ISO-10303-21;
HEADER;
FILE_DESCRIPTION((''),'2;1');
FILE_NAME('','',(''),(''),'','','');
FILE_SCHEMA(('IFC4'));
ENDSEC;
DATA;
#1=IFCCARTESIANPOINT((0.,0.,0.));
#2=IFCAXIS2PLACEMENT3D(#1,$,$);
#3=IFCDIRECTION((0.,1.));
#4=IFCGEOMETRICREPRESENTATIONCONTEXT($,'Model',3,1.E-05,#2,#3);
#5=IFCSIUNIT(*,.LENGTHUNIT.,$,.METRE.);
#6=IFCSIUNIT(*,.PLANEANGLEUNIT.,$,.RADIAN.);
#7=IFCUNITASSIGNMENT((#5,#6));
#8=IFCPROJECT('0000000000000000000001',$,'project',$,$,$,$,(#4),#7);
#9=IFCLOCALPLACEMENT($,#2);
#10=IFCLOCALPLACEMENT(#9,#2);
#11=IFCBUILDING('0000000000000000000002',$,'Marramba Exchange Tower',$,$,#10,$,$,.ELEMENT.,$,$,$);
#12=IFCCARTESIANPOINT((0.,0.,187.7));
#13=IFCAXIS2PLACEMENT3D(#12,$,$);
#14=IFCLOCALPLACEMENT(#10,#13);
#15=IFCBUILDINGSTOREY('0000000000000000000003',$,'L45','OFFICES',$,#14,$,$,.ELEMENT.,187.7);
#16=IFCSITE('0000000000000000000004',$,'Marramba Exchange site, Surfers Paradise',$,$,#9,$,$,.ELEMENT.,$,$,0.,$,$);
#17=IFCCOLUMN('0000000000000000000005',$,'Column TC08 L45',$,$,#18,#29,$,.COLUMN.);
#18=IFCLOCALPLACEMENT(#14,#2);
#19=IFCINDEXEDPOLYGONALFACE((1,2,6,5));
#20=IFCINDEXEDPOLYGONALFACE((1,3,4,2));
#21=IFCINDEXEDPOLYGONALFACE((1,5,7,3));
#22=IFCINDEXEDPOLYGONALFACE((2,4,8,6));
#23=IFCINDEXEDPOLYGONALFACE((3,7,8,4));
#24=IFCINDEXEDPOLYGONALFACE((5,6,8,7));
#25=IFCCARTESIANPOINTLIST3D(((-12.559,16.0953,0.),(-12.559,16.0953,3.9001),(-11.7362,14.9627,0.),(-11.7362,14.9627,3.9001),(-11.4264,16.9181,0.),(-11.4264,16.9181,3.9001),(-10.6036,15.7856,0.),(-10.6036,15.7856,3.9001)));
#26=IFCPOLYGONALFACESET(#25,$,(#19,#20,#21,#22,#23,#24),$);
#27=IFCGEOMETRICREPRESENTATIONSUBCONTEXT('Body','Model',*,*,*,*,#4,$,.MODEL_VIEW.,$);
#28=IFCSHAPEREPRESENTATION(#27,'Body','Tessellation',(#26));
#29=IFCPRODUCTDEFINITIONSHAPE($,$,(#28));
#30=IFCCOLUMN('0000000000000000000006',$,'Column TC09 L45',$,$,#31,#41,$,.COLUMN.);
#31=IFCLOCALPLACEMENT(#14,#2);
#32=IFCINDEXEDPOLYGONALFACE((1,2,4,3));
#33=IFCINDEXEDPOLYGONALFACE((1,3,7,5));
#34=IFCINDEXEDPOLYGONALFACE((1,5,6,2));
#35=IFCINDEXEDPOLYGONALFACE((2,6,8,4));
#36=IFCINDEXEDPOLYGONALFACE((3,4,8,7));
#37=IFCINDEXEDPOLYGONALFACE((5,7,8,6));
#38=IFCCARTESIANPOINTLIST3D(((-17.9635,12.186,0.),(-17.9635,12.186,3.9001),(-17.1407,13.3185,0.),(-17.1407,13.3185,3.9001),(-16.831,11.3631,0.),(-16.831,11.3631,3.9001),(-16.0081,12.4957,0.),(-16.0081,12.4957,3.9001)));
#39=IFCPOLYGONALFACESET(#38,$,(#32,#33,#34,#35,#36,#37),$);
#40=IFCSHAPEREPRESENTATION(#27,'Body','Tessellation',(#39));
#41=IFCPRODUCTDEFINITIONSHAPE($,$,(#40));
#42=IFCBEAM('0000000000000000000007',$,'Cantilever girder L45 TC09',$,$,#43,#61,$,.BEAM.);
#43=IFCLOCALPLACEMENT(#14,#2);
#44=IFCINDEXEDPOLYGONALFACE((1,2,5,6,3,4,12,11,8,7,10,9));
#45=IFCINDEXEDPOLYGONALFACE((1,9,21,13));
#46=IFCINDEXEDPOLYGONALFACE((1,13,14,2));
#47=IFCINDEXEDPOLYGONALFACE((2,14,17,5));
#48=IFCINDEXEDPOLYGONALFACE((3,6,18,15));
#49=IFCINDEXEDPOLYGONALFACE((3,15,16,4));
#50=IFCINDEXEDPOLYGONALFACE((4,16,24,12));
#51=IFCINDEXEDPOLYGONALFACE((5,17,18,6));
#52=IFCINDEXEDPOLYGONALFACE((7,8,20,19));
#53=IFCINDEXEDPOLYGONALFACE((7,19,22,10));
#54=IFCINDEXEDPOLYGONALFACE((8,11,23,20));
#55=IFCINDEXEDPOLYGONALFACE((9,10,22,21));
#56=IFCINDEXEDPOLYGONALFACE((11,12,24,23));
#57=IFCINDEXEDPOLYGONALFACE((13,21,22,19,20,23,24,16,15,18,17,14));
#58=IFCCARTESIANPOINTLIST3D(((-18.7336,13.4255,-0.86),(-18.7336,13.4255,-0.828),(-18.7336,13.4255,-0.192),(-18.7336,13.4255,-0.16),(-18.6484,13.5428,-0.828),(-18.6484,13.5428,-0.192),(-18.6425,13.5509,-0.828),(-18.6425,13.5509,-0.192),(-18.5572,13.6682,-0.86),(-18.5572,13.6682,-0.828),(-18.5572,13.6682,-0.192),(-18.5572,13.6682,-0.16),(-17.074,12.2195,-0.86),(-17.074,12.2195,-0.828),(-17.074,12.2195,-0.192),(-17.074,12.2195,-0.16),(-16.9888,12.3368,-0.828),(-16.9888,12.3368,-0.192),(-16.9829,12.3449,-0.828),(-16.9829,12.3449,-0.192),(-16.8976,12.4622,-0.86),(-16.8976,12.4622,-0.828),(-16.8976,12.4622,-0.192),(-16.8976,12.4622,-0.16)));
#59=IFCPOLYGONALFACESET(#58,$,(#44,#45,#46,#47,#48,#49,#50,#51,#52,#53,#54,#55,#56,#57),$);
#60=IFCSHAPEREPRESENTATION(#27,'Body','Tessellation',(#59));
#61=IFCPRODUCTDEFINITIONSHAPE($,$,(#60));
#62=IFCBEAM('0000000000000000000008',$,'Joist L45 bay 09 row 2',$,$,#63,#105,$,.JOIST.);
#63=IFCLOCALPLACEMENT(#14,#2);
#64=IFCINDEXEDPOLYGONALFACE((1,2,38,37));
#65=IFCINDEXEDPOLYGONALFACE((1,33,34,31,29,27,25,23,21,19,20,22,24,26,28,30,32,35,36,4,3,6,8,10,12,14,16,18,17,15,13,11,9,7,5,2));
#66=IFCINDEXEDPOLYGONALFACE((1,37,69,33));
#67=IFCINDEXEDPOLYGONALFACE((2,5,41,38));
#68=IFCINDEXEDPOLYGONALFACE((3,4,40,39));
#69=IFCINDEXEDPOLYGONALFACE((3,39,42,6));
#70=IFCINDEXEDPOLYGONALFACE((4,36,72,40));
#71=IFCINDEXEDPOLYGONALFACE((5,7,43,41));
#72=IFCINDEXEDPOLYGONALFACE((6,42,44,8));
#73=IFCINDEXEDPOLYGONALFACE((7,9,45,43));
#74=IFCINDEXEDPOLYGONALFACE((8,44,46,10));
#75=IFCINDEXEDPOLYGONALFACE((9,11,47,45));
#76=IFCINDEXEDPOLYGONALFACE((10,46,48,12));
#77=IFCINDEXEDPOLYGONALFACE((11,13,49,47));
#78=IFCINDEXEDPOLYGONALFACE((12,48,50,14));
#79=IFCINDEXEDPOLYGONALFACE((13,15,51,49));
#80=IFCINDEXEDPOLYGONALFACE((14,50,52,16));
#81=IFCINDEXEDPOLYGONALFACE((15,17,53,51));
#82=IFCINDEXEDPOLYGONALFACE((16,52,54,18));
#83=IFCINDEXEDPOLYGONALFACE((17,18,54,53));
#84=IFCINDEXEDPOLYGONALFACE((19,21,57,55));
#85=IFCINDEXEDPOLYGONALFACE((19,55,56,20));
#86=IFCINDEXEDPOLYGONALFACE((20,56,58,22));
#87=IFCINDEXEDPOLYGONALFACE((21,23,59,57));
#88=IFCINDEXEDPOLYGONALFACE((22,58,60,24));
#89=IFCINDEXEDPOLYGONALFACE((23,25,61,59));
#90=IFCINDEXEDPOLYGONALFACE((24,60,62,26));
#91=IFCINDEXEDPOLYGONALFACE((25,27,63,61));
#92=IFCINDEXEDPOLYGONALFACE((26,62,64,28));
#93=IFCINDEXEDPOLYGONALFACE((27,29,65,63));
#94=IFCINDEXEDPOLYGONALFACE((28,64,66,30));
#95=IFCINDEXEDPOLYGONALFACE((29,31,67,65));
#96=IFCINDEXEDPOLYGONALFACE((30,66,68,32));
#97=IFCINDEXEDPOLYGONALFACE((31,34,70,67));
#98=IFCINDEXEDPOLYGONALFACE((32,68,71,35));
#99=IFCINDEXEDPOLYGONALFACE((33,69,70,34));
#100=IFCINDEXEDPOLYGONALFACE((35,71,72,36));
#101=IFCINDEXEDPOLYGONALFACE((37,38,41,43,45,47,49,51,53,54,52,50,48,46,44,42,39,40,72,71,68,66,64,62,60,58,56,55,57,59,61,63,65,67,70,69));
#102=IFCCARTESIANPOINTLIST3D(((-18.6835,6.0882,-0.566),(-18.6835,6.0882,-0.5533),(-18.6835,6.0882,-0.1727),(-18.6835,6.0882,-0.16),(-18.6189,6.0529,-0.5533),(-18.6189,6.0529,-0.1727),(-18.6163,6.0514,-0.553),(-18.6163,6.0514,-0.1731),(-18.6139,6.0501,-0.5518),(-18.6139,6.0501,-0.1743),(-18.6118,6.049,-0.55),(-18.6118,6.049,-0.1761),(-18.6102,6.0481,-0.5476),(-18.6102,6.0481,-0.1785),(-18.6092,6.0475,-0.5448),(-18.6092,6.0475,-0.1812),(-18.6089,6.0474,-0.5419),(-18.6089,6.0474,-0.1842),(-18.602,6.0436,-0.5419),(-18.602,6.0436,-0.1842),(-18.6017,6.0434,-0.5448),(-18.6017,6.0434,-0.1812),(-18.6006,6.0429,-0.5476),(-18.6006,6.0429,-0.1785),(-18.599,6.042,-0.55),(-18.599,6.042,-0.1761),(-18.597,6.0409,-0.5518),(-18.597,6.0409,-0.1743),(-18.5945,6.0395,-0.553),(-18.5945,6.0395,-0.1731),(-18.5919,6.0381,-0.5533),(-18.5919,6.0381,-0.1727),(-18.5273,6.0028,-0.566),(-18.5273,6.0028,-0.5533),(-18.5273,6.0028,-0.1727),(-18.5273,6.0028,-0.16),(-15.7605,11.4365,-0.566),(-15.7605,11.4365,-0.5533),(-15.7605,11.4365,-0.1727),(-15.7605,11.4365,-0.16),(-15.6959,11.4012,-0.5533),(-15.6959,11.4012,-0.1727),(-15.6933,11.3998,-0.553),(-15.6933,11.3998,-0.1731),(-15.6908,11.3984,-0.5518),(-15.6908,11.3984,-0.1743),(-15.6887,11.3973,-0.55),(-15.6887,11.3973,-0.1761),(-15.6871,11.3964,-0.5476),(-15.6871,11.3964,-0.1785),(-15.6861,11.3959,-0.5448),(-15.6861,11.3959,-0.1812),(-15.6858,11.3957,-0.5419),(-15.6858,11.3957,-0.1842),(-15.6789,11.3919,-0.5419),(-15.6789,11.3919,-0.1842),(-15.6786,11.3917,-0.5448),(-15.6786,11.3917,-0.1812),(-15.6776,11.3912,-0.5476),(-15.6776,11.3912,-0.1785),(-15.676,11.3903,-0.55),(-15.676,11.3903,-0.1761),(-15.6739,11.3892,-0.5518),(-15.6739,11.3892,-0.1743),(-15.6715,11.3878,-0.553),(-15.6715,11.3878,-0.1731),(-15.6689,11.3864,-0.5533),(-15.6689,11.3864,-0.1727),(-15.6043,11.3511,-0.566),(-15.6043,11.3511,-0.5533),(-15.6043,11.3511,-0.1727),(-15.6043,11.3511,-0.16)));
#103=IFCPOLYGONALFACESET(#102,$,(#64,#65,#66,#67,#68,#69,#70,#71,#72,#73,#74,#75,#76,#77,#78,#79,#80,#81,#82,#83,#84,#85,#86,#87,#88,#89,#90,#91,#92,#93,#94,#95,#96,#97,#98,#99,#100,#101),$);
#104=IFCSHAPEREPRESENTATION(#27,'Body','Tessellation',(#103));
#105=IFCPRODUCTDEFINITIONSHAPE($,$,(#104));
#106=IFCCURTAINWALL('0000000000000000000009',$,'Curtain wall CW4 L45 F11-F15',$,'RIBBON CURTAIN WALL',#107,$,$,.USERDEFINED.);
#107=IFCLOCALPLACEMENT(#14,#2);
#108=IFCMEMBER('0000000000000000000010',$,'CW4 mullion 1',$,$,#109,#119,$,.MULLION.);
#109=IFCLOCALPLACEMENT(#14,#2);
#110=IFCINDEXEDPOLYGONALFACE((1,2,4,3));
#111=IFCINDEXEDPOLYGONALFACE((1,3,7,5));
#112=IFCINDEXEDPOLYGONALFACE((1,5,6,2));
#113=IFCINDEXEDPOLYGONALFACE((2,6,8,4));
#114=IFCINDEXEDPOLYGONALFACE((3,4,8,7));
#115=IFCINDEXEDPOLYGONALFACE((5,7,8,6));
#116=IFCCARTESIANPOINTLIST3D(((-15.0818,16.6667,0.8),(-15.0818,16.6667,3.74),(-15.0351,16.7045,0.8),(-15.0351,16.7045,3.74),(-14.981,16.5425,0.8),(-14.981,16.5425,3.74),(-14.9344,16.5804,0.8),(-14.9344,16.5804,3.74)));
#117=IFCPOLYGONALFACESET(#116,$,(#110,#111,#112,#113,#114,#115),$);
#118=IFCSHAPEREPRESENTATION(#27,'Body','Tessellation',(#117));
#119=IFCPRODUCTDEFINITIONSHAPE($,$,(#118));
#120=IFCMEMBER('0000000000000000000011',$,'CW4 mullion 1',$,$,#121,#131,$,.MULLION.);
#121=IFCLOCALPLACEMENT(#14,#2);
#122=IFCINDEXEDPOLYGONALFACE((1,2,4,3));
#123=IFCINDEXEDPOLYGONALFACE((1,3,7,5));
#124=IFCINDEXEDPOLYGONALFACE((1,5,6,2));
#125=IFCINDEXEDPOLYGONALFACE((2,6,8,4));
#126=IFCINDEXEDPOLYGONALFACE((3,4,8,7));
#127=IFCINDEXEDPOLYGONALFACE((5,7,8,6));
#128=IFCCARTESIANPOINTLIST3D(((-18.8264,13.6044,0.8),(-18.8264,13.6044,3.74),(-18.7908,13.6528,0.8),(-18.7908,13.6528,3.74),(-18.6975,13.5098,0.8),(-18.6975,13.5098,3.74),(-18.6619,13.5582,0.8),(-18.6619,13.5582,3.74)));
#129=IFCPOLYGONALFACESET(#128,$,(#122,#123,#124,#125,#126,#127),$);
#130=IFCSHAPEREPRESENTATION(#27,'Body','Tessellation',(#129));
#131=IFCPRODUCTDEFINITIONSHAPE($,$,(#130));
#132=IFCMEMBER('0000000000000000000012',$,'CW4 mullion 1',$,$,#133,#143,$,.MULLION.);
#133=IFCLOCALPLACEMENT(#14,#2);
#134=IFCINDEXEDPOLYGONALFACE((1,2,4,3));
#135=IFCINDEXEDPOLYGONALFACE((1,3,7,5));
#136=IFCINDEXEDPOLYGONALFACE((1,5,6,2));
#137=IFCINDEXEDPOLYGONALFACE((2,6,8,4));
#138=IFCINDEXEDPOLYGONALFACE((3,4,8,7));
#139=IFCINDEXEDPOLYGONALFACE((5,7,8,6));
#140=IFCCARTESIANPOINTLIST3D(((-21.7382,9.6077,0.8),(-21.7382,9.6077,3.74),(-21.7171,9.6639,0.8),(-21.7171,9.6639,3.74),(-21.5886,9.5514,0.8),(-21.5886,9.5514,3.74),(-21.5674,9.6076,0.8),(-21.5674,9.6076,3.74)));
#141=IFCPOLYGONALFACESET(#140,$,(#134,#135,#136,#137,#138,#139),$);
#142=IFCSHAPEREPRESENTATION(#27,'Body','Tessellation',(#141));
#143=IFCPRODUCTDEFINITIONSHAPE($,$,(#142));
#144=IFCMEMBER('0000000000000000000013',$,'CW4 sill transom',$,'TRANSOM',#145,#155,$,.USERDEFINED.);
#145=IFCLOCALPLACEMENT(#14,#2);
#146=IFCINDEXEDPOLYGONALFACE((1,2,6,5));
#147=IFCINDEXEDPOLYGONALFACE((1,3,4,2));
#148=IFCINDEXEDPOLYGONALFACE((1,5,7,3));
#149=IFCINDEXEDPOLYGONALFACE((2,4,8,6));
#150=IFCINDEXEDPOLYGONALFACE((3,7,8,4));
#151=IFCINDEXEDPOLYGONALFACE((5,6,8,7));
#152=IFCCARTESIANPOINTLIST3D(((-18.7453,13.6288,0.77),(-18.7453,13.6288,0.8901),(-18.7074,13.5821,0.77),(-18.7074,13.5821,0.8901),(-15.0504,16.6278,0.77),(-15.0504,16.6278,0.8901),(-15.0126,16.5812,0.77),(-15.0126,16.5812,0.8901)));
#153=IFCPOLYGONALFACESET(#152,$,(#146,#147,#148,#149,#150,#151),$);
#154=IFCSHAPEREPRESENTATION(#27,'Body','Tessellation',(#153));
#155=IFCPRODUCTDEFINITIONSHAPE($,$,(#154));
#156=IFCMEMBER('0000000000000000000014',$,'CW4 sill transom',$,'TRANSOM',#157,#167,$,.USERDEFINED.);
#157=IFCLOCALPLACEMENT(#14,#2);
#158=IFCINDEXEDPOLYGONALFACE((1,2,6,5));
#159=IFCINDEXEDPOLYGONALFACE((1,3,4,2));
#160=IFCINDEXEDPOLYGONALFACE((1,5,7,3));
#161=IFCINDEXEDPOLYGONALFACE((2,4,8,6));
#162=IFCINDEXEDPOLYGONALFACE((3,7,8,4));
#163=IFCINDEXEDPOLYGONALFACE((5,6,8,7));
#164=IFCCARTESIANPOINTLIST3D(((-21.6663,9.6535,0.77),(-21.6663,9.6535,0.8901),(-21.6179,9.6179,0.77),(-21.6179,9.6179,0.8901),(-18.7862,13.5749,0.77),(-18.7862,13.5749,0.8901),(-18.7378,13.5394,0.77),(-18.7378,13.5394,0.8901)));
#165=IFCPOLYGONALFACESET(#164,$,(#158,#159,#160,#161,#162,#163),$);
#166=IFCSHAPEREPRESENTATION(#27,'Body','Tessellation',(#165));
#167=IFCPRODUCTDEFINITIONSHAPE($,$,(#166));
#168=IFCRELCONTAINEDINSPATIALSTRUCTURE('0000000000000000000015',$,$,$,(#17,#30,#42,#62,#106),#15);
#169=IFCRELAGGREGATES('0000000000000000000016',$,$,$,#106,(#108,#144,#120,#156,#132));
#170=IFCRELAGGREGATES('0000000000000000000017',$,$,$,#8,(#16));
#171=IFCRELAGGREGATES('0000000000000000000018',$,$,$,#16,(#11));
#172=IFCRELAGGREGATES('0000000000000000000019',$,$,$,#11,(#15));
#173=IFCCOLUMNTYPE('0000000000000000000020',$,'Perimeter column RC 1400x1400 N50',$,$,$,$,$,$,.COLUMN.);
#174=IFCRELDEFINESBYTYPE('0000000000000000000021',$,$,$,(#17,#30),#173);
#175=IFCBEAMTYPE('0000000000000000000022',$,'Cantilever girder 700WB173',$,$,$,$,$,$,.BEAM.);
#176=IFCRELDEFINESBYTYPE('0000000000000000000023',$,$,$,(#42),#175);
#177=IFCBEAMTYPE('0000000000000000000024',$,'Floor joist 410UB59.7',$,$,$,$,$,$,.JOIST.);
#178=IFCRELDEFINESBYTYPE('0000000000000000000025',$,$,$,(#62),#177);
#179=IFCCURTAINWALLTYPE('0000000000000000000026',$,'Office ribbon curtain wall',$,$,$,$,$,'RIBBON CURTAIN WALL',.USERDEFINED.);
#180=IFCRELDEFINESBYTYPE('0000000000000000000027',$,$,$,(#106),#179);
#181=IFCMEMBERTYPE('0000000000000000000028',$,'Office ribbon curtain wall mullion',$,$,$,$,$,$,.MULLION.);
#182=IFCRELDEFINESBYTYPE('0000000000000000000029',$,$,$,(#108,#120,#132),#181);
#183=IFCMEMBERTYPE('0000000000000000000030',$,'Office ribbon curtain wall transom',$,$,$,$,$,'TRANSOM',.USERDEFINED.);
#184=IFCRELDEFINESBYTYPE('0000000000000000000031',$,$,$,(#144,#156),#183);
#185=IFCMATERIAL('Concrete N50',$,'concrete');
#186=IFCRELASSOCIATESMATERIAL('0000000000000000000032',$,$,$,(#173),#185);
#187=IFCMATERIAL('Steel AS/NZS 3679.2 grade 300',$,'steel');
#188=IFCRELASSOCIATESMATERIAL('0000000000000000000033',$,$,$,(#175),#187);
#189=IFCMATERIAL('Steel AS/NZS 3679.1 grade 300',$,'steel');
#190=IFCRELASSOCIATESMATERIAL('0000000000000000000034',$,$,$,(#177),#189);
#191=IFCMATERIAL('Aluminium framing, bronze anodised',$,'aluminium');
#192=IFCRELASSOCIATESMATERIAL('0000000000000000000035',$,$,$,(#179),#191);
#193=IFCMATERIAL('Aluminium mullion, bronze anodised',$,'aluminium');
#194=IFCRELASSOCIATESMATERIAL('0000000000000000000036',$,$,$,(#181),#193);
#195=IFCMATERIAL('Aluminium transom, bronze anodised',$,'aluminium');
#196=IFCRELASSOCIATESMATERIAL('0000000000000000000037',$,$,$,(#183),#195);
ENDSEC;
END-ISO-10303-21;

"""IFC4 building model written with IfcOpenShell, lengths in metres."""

from ifc_helpers import new_model, si_unit, direction, frame, origin, origin_2d, place, context, subcontext, project, spatial, rectangle, i_section, extrude, material, material_profile, profile_set, type_object, element, aggregate, save


model = new_model("IFC4")

# Units and contexts
model_context = context("Model", 3, precision=1e-05, world=origin(), true_north=direction((0.0, 1.0)))
body_context = subcontext(model_context, "Body", "Model", "MODEL_VIEW")
ifc_project = project(units=[si_unit("LENGTHUNIT", "METRE"), si_unit("PLANEANGLEUNIT", "RADIAN")], contexts=[model_context])

# Site, building, storey
site_placement = place(None, origin())
site = spatial("IfcSite", under=ifc_project, at=site_placement, Name="Marramba Exchange site, Surfers Paradise", CompositionType="ELEMENT", RefElevation=0.0)
building_placement = place(site_placement, origin())
building = spatial("IfcBuilding", under=site, at=building_placement, Name="Marramba Exchange Tower", CompositionType="ELEMENT")
storey_placement = place(building_placement, frame((0.0, 0.0, 187.7)))
storey = spatial("IfcBuildingStorey", under=building, at=storey_placement, Name="L45", Description="OFFICES", CompositionType="ELEMENT", Elevation=187.7)

# Columns
ifc_material_1 = material(Name="Concrete N50", Category="concrete")
ifc_material_profile_1 = material_profile(ifc_material_1, rectangle(XDim=1.3999, YDim=1.3999, at=origin_2d()), Name="RC 1400x1400")
ifc_profile_set_1 = profile_set([ifc_material_profile_1], Name="Concrete N50")
column_type = type_object("IfcColumnType", Name="Perimeter column RC 1400x1400 N50", PredefinedType="COLUMN", material=ifc_profile_set_1)
for number, where, z_axis, x_axis, name in (
    (1, (-11.5813, 15.9404, 0.0), (0.0, 0.0, 1.0), (-0.587785, 0.809017, 0.0), "Column TC08 L45"),
    (2, (-16.9858, 12.3408, 0.0), (0.0, 0.0, 1.0), (-0.809017, 0.587785, 0.0), "Column TC09 L45"),
):
    element("IfcColumn", number, at=place(storey_placement, frame(where, z_axis=z_axis, x_axis=x_axis)), inside=storey, type_object=column_type, Name=name, PredefinedType="COLUMN", context=body_context, shape_type="SweptSolid", body=[
        extrude(rectangle(XDim=1.3999, YDim=1.3999, at=origin_2d()), origin(), (0.0, 0.0, 1.0), 3.9001),
    ])

# Beams
ifc_material_2 = material(Name="Steel AS/NZS 3679.2 grade 300", Category="steel")
ifc_material_profile_2 = material_profile(ifc_material_2, i_section(OverallWidth=0.3, OverallDepth=0.7, WebThickness=0.01, FlangeThickness=0.032, at=origin_2d()), Name="700WB173")
ifc_profile_set_2 = profile_set([ifc_material_profile_2], Name="Steel AS/NZS 3679.2 grade 300")
beam_type_1 = type_object("IfcBeamType", Name="Cantilever girder 700WB173", PredefinedType="BEAM", material=ifc_profile_set_2)
beam_1_placement = place(storey_placement, frame((-16.9858, 12.3408, -0.51), z_axis=(-0.808962, 0.58786, 0.0), x_axis=(-0.58786, -0.808962, 0.0)))
element("IfcBeam", 3, at=beam_1_placement, inside=storey, type_object=beam_type_1, Name="Cantilever girder L45 TC09", PredefinedType="BEAM", context=body_context, shape_type="SweptSolid", body=[
    extrude(i_section(OverallWidth=0.3, OverallDepth=0.7, WebThickness=0.01, FlangeThickness=0.032, at=origin_2d()), origin(), (0.0, 0.0, 1.0), 2.0515),
])
ifc_material_3 = material(Name="Steel AS/NZS 3679.1 grade 300", Category="steel")
ifc_material_profile_3 = material_profile(ifc_material_3, i_section(OverallWidth=0.178, OverallDepth=0.406, WebThickness=0.0078, FlangeThickness=0.0127, FilletRadius=0.0115, at=origin_2d()), Name="410UB59.7")
ifc_profile_set_3 = profile_set([ifc_material_profile_3], Name="Steel AS/NZS 3679.1 grade 300")
beam_type_2 = type_object("IfcBeamType", Name="Floor joist 410UB59.7", PredefinedType="JOIST", material=ifc_profile_set_3)
beam_2_placement = place(storey_placement, frame((-15.6824, 11.3938, -0.363), z_axis=(-0.479584, -0.877496, 0.0), x_axis=(0.877496, -0.479584, 0.0)))
element("IfcBeam", 4, at=beam_2_placement, inside=storey, type_object=beam_type_2, Name="Joist L45 bay 09 row 2", PredefinedType="JOIST", context=body_context, shape_type="SweptSolid", body=[
    extrude(i_section(OverallWidth=0.178, OverallDepth=0.406, WebThickness=0.0078, FlangeThickness=0.0127, FilletRadius=0.0115, at=origin_2d()), origin(), (0.0, 0.0, 1.0), 6.095),
])

# Curtain wall, members
ifc_material_4 = material(Name="Aluminium framing, bronze anodised", Category="aluminium")
curtain_wall_type = type_object("IfcCurtainWallType", Name="Office ribbon curtain wall", ElementType="RIBBON CURTAIN WALL", PredefinedType="USERDEFINED", material=ifc_material_4)
curtain_wall_placement = place(storey_placement, origin())
curtain_wall = element("IfcCurtainWall", 5, at=curtain_wall_placement, inside=storey, type_object=curtain_wall_type, Name="Curtain wall CW4 L45 F11-F15", ObjectType="RIBBON CURTAIN WALL", PredefinedType="USERDEFINED")
ifc_material_5 = material(Name="Aluminium mullion, bronze anodised", Category="aluminium")
ifc_material_profile_4 = material_profile(ifc_material_5, rectangle(XDim=0.1599, YDim=0.0601, at=origin_2d()), Name="CW4 mullion 60x160")
ifc_profile_set_4 = profile_set([ifc_material_profile_4], Name="Aluminium mullion, bronze anodised")
member_type_1 = type_object("IfcMemberType", Name="Office ribbon curtain wall mullion", PredefinedType="MULLION", material=ifc_profile_set_4)
member_1_placement = place(storey_placement, frame((-15.0081, 16.6235, 0.8), z_axis=(0.0, 0.0, 1.0), x_axis=(0.630201, -0.776432, 0.0)))
member_1 = element("IfcMember", 6, at=member_1_placement, type_object=member_type_1, Name="CW4 mullion 1", PredefinedType="MULLION", context=body_context, shape_type="SweptSolid", body=[
    extrude(rectangle(XDim=0.1599, YDim=0.0601, at=origin_2d()), origin(), (0.0, 0.0, 1.0), 2.9399),
])
member_2_placement = place(storey_placement, frame((-18.7441, 13.5813, 0.8), z_axis=(0.0, 0.0, 1.0), x_axis=(0.805965, -0.591963, 0.0)))
member_2 = element("IfcMember", 7, at=member_2_placement, type_object=member_type_1, Name="CW4 mullion 1", PredefinedType="MULLION", context=body_context, shape_type="SweptSolid", body=[
    extrude(rectangle(XDim=0.1599, YDim=0.0601, at=origin_2d()), origin(), (0.0, 0.0, 1.0), 2.9399),
])
member_3_placement = place(storey_placement, frame((-21.6528, 9.6077, 0.8), z_axis=(0.0, 0.0, 1.0), x_axis=(0.936018, -0.351952, 0.0)))
member_3 = element("IfcMember", 8, at=member_3_placement, type_object=member_type_1, Name="CW4 mullion 1", PredefinedType="MULLION", context=body_context, shape_type="SweptSolid", body=[
    extrude(rectangle(XDim=0.1599, YDim=0.0601, at=origin_2d()), origin(), (0.0, 0.0, 1.0), 2.9399),
])
ifc_material_6 = material(Name="Aluminium transom, bronze anodised", Category="aluminium")
ifc_material_profile_5 = material_profile(ifc_material_6, rectangle(XDim=0.0601, YDim=0.1201, at=origin_2d()), Name="CW4 transom 60x120")
ifc_profile_set_5 = profile_set([ifc_material_profile_5], Name="Aluminium transom, bronze anodised")
member_type_2 = type_object("IfcMemberType", Name="Office ribbon curtain wall transom", ElementType="TRANSOM", PredefinedType="USERDEFINED", material=ifc_profile_set_5)
member_4_placement = place(storey_placement, frame((-15.0315, 16.6045, 0.8301), z_axis=(-0.776425, -0.63021, 0.0), x_axis=(0.63021, -0.776425, 0.0)))
member_4 = element("IfcMember", 9, at=member_4_placement, type_object=member_type_2, Name="CW4 sill transom", ObjectType="TRANSOM", PredefinedType="USERDEFINED", context=body_context, shape_type="SweptSolid", body=[
    extrude(rectangle(XDim=0.0601, YDim=0.1201, at=origin_2d()), origin(), (0.0, 0.0, 1.0), 4.7588),
])
member_5_placement = place(storey_placement, frame((-18.762, 13.5571, 0.8301), z_axis=(-0.591957, -0.805969, 0.0), x_axis=(0.805969, -0.591957, 0.0)))
member_5 = element("IfcMember", 10, at=member_5_placement, type_object=member_type_2, Name="CW4 sill transom", ObjectType="TRANSOM", PredefinedType="USERDEFINED", context=body_context, shape_type="SweptSolid", body=[
    extrude(rectangle(XDim=0.0601, YDim=0.1201, at=origin_2d()), origin(), (0.0, 0.0, 1.0), 4.8655),
])

aggregate(curtain_wall, [member_1, member_4, member_2, member_5, member_3])

save(model, "model.ifc")
